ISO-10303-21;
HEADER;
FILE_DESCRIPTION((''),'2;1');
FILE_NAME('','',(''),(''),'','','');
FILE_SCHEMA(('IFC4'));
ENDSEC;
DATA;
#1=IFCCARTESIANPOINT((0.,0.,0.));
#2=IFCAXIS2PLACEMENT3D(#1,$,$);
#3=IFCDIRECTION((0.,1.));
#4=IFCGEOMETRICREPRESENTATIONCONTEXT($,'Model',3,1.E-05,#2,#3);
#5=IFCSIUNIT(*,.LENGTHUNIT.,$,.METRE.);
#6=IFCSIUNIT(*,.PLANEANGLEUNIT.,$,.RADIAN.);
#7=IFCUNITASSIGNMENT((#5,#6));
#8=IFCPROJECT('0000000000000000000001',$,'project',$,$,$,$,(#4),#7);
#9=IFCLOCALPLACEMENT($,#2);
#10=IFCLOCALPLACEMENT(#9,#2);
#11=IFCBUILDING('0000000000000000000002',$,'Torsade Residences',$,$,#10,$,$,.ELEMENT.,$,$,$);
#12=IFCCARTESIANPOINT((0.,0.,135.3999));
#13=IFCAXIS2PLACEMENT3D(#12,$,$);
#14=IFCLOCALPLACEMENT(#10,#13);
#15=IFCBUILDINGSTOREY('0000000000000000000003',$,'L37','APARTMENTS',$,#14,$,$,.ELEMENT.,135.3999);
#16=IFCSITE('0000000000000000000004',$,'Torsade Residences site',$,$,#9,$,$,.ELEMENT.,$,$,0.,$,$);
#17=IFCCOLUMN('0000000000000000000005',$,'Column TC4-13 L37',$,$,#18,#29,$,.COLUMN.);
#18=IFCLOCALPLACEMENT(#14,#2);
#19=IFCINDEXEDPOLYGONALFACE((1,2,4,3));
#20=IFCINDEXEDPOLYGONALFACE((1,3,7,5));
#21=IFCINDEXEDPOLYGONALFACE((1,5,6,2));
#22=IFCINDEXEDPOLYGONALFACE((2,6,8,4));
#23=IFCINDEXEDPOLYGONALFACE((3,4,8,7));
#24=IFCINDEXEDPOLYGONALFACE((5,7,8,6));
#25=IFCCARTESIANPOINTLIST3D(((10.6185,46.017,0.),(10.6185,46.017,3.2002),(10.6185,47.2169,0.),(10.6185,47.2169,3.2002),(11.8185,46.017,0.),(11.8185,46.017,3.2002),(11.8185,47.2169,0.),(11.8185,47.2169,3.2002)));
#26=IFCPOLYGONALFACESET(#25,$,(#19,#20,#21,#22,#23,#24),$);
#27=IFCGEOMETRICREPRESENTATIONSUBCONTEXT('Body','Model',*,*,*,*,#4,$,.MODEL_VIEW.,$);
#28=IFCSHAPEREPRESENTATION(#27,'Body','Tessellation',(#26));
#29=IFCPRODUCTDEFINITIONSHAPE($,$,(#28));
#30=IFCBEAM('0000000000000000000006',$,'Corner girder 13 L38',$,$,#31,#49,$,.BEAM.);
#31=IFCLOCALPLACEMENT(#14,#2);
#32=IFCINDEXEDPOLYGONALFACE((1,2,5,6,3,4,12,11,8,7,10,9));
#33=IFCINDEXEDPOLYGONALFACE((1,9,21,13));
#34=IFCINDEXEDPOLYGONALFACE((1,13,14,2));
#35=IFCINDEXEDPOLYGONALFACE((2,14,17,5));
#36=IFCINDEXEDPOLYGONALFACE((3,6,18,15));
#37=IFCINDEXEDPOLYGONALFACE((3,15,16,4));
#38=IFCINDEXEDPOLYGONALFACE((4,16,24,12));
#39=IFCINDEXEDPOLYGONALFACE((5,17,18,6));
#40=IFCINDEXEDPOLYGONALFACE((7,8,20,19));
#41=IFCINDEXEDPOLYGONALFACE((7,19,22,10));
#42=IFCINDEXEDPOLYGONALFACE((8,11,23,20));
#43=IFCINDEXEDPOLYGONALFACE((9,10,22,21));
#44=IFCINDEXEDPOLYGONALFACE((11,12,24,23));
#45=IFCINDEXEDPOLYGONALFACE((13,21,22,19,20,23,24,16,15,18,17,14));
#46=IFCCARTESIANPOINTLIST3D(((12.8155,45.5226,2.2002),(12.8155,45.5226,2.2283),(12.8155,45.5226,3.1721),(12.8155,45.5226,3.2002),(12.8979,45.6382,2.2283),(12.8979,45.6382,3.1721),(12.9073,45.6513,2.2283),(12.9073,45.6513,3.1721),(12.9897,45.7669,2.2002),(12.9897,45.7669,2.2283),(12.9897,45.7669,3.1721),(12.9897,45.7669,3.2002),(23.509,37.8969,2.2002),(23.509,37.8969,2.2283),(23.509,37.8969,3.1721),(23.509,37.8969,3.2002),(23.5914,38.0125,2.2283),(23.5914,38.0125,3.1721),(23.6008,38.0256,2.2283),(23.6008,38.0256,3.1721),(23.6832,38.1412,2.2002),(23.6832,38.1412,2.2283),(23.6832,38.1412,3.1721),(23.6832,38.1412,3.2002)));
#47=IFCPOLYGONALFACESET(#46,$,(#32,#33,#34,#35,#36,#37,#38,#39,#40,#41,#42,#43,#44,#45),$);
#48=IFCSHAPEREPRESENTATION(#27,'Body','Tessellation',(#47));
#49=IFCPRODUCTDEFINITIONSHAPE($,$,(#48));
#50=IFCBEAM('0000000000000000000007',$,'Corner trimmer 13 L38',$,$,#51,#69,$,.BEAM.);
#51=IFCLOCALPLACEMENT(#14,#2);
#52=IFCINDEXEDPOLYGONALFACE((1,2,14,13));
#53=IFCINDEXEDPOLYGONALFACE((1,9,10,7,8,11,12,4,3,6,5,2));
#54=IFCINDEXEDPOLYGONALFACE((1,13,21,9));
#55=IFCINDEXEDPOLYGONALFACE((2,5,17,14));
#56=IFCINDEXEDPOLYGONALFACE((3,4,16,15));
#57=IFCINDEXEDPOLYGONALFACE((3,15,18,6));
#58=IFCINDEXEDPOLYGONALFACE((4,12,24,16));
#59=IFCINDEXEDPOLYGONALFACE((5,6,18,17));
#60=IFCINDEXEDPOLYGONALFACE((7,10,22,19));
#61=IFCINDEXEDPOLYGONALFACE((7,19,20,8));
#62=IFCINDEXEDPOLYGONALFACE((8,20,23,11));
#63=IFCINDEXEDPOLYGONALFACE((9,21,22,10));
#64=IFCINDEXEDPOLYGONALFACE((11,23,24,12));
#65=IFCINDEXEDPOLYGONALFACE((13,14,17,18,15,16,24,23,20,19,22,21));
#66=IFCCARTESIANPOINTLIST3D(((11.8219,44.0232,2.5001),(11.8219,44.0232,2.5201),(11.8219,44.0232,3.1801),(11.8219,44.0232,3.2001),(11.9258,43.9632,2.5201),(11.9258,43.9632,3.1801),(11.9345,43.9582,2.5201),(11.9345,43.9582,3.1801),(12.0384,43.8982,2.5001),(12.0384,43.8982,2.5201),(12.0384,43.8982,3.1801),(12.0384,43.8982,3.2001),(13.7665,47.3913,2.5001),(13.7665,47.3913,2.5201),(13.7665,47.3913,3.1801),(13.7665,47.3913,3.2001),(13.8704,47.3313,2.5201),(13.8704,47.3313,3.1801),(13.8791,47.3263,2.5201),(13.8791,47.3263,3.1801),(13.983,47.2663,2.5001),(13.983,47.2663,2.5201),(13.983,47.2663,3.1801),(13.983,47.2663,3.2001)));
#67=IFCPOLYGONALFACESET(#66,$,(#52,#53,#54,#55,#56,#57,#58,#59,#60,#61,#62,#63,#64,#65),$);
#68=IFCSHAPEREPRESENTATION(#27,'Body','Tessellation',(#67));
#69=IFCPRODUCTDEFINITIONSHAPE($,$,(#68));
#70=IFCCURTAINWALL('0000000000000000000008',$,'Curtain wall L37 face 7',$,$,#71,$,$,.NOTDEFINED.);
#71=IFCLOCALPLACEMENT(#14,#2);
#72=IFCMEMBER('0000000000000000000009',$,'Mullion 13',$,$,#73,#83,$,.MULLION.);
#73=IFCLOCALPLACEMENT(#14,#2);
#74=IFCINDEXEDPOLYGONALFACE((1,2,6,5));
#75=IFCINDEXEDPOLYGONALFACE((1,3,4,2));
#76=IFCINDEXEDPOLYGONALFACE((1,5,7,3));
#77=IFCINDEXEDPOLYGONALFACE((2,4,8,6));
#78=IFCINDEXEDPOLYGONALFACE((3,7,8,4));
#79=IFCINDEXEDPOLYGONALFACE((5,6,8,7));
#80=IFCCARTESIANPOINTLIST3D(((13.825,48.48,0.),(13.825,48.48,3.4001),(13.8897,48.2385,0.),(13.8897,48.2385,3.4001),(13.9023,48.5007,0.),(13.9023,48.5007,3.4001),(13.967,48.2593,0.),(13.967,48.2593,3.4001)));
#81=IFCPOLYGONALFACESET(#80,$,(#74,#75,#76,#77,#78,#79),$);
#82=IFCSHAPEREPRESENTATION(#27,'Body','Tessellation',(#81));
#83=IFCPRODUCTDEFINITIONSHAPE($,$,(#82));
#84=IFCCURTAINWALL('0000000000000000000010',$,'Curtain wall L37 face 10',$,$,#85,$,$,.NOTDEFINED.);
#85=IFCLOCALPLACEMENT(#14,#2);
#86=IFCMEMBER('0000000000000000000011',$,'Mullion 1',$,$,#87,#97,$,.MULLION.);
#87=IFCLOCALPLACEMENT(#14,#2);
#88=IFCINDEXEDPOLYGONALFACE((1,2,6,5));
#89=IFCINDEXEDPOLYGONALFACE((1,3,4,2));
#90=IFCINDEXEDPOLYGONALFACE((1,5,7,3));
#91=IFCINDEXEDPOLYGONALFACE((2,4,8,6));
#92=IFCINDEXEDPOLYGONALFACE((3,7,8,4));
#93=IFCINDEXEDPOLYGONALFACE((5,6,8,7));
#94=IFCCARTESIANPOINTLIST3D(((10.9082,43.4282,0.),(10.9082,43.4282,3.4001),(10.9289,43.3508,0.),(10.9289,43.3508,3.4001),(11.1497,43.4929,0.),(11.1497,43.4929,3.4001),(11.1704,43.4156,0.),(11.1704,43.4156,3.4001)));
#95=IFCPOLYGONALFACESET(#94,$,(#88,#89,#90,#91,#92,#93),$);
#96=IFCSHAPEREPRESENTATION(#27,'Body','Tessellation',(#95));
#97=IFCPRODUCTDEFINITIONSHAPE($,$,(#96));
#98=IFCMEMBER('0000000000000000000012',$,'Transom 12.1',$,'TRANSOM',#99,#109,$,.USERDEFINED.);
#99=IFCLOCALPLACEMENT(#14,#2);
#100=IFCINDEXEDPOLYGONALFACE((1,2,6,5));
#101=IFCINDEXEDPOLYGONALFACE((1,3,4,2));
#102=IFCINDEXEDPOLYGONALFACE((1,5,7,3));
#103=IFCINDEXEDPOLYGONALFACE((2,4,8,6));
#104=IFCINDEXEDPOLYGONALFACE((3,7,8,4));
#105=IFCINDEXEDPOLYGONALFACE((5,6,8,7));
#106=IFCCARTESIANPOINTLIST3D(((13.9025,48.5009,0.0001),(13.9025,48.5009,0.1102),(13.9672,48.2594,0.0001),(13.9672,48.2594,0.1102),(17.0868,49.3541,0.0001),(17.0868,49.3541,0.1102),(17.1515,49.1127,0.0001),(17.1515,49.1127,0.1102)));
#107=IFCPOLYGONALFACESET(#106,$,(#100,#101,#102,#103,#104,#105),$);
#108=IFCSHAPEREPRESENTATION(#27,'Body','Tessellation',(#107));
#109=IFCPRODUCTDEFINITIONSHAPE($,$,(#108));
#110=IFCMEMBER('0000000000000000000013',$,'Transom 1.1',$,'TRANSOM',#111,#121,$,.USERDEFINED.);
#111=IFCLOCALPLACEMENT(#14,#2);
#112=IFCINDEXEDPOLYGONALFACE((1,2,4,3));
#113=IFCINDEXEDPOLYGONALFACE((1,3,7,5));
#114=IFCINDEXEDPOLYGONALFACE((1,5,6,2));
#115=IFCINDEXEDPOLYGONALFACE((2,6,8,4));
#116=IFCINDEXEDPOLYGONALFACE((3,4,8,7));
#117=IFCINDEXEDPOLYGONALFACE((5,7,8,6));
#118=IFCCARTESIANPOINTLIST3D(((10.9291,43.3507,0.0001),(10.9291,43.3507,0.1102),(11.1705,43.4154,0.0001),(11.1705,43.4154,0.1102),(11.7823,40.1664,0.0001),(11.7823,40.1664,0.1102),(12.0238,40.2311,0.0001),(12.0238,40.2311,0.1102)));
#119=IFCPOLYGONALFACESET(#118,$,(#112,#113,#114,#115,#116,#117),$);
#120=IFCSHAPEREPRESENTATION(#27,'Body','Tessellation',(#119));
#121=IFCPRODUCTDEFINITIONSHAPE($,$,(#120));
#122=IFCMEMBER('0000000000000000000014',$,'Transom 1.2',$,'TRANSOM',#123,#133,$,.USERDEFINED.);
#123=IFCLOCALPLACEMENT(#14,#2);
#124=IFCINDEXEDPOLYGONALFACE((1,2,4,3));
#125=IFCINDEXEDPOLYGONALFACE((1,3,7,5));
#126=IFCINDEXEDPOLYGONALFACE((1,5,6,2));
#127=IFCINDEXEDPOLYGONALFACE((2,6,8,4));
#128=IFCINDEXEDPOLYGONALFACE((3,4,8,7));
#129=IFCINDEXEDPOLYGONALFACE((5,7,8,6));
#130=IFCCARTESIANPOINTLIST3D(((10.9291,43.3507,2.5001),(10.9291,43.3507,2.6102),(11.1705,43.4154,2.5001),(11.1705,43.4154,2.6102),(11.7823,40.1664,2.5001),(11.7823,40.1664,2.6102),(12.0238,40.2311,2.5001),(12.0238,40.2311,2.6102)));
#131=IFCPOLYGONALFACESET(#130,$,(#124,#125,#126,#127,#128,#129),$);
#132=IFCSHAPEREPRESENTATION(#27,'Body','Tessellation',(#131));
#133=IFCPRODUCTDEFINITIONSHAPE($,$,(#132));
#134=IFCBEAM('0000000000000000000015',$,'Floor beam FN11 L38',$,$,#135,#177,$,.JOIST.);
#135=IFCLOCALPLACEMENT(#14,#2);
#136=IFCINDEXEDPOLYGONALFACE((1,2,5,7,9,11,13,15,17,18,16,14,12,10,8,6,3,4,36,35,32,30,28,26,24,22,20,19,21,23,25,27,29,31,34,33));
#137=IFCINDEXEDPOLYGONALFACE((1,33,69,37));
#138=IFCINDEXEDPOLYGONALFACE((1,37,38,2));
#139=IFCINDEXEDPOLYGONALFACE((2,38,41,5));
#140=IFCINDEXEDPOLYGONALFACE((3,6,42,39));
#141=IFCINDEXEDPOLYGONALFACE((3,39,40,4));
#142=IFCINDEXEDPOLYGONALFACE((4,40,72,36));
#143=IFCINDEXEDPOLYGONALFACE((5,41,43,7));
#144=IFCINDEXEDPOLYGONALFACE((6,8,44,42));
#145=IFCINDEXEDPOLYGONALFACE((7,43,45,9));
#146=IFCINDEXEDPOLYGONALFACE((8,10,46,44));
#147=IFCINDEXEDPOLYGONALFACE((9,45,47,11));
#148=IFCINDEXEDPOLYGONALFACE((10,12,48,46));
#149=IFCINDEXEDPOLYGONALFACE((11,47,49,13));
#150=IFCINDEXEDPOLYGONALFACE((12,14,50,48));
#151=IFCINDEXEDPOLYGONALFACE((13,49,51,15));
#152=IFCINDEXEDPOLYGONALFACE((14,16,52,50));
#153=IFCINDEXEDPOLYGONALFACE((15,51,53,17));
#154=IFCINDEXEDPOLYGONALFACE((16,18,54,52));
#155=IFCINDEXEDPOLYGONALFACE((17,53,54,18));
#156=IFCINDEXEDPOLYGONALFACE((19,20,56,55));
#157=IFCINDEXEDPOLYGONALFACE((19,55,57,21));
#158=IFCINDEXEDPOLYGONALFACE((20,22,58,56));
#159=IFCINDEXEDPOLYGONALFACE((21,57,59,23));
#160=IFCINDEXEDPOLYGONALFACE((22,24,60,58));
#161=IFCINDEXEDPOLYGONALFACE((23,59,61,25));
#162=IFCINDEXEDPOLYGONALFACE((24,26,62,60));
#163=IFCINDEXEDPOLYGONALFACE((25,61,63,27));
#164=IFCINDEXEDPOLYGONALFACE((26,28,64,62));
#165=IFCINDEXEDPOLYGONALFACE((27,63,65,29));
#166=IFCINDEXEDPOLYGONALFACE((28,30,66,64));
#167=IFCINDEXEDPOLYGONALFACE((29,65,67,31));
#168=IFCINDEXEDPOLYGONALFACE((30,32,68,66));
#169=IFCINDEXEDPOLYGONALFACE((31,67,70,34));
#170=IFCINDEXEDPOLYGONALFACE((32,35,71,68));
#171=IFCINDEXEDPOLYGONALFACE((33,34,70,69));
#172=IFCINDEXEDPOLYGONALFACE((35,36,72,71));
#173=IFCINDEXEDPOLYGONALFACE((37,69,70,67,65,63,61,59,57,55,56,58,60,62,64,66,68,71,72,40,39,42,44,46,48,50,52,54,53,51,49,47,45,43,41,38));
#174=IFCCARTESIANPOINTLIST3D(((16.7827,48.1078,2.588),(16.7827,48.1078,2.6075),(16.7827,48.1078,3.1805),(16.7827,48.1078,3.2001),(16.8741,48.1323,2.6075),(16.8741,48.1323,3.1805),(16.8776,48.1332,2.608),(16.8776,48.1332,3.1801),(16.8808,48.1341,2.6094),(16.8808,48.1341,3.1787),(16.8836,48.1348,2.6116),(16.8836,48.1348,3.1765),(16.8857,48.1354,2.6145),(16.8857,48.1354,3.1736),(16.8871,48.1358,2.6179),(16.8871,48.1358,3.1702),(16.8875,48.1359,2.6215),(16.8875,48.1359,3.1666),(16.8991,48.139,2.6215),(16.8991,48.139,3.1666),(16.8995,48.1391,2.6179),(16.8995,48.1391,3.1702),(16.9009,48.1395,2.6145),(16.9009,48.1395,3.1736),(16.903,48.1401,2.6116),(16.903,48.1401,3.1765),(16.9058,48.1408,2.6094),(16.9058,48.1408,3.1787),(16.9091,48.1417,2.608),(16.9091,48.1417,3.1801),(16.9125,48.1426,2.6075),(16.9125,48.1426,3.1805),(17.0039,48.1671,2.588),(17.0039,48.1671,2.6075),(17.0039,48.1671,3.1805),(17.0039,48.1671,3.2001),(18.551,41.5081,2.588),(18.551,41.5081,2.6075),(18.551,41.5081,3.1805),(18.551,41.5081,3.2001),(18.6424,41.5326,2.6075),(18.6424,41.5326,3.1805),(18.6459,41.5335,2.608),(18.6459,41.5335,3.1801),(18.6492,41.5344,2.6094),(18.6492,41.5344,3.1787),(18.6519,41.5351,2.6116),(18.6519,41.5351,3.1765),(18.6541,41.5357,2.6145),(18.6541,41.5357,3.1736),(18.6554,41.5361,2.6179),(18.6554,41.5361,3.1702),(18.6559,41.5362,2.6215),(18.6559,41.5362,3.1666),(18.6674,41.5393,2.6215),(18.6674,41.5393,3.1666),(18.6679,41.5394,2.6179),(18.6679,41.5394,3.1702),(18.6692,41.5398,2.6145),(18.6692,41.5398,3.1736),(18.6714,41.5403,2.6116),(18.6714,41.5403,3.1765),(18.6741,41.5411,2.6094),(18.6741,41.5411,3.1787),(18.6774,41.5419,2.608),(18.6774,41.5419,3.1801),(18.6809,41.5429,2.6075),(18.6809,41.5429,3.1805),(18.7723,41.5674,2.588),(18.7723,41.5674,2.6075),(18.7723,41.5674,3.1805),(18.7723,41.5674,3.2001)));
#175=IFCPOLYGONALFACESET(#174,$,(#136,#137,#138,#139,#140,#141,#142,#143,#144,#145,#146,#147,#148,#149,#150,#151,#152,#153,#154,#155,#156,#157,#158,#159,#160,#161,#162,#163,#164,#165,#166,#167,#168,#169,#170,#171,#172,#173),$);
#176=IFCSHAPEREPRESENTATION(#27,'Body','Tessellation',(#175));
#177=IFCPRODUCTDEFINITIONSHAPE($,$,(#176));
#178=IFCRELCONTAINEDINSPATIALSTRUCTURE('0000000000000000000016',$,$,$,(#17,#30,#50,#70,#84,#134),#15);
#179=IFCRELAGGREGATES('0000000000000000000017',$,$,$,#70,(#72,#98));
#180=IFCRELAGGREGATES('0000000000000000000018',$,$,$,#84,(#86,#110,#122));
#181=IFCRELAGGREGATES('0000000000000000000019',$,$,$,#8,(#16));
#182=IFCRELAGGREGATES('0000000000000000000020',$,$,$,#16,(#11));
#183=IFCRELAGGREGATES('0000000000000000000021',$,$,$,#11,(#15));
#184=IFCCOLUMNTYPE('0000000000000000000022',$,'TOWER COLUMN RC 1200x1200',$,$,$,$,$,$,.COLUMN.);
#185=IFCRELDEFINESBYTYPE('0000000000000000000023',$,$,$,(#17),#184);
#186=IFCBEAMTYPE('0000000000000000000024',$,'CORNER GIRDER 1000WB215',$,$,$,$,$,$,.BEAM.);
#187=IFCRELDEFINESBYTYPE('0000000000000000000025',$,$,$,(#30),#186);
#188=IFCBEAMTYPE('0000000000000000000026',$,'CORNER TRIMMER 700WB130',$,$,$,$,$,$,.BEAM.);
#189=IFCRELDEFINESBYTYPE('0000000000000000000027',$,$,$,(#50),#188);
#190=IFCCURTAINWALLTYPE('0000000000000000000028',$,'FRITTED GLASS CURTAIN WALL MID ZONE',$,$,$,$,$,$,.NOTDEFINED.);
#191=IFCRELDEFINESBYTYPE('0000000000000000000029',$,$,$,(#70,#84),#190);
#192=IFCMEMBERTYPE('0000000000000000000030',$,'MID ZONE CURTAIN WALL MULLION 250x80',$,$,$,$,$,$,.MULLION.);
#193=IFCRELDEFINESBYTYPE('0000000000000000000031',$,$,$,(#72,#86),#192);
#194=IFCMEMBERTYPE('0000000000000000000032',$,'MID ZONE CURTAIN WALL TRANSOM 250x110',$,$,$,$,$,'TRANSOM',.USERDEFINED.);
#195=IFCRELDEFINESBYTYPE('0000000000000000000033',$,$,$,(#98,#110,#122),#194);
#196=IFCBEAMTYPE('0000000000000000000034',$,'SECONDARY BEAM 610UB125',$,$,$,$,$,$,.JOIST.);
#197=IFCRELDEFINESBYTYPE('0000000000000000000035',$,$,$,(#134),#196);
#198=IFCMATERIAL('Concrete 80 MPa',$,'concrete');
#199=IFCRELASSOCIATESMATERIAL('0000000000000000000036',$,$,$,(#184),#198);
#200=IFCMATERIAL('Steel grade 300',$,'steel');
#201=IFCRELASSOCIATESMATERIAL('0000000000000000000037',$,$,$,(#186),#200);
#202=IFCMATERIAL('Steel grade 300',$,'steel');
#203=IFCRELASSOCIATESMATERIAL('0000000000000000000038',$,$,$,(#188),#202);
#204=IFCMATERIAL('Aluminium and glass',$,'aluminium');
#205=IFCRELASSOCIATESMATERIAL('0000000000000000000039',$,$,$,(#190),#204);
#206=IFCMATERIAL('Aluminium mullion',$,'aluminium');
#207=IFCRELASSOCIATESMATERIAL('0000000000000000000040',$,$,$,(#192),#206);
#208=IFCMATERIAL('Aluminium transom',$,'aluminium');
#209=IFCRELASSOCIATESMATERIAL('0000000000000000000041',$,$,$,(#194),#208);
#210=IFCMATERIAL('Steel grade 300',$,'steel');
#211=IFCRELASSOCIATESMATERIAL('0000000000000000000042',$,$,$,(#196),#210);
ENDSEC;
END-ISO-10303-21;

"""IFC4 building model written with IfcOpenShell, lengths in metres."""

from ifc_helpers import new_model, si_unit, direction, frame, origin, origin_2d, place, context, subcontext, project, spatial, rectangle, i_section, extrude, material, material_profile, profile_set, type_object, element, aggregate, save


model = new_model("IFC4")

# Units and contexts
model_context = context("Model", 3, precision=1e-05, world=origin(), true_north=direction((0.0, 1.0)))
body_context = subcontext(model_context, "Body", "Model", "MODEL_VIEW")
ifc_project = project(units=[si_unit("LENGTHUNIT", "METRE"), si_unit("PLANEANGLEUNIT", "RADIAN")], contexts=[model_context])

# Site, building, storey
site_placement = place(None, origin())
site = spatial("IfcSite", under=ifc_project, at=site_placement, Name="Torsade Residences site", CompositionType="ELEMENT", RefElevation=0.0)
building_placement = place(site_placement, origin())
building = spatial("IfcBuilding", under=site, at=building_placement, Name="Torsade Residences", CompositionType="ELEMENT")
storey_placement = place(building_placement, frame((0.0, 0.0, 135.3999)))
storey = spatial("IfcBuildingStorey", under=building, at=storey_placement, Name="L37", Description="APARTMENTS", CompositionType="ELEMENT", Elevation=135.3999)

# Column
ifc_material_1 = material(Name="Concrete 80 MPa", Category="concrete")
ifc_material_profile_1 = material_profile(ifc_material_1, rectangle(XDim=1.2, YDim=1.2, at=origin_2d()), Name="RC 1200x1200")
ifc_profile_set_1 = profile_set([ifc_material_profile_1], Name="Concrete 80 MPa")
column_type = type_object("IfcColumnType", Name="TOWER COLUMN RC 1200x1200", PredefinedType="COLUMN", material=ifc_profile_set_1)
column_placement = place(storey_placement, frame((11.2185, 46.6169, 0.0), z_axis=(0.0, 0.0, 1.0), x_axis=(1.0, 0.0, 0.0)))
element("IfcColumn", 1, at=column_placement, inside=storey, type_object=column_type, Name="Column TC4-13 L37", PredefinedType="COLUMN", context=body_context, shape_type="SweptSolid", body=[
    extrude(rectangle(XDim=1.2, YDim=1.2, at=origin_2d()), origin(), (0.0, 0.0, 1.0), 3.2002),
])

# Beams
ifc_material_2 = material(Name="Steel grade 300", Category="steel")
ifc_material_profile_2 = material_profile(ifc_material_2, i_section(OverallWidth=0.3, OverallDepth=1.0, WebThickness=0.0161, FlangeThickness=0.0281, at=origin_2d()), Name="1000WB215")
ifc_profile_set_2 = profile_set([ifc_material_profile_2], Name="Steel grade 300")
beam_type_1 = type_object("IfcBeamType", Name="CORNER GIRDER 1000WB215", PredefinedType="BEAM", material=ifc_profile_set_2)
beam_1_placement = place(storey_placement, frame((12.9026, 45.6448, 2.7002), z_axis=(0.814185, -0.580605, 0.0), x_axis=(0.580605, 0.814185, 0.0)))
element("IfcBeam", 2, at=beam_1_placement, inside=storey, type_object=beam_type_1, Name="Corner girder 13 L38", PredefinedType="BEAM", context=body_context, shape_type="SweptSolid", body=[
    extrude(i_section(OverallWidth=0.3, OverallDepth=1.0, WebThickness=0.0161, FlangeThickness=0.0281, at=origin_2d()), origin(), (0.0, 0.0, 1.0), 13.134),
])
ifc_material_3 = material(Name="Steel grade 300", Category="steel")
ifc_material_profile_3 = material_profile(ifc_material_3, i_section(OverallWidth=0.25, OverallDepth=0.7, WebThickness=0.01, FlangeThickness=0.02, at=origin_2d()), Name="700WB130")
ifc_profile_set_3 = profile_set([ifc_material_profile_3], Name="Steel grade 300")
beam_type_2 = type_object("IfcBeamType", Name="CORNER TRIMMER 700WB130", PredefinedType="BEAM", material=ifc_profile_set_3)
beam_2_placement = place(storey_placement, frame((11.9302, 43.9607, 2.8501), z_axis=(0.499994, 0.866029, 0.0), x_axis=(-0.866029, 0.499994, 0.0)))
element("IfcBeam", 3, at=beam_2_placement, inside=storey, type_object=beam_type_2, Name="Corner trimmer 13 L38", PredefinedType="BEAM", context=body_context, shape_type="SweptSolid", body=[
    extrude(i_section(OverallWidth=0.25, OverallDepth=0.7, WebThickness=0.01, FlangeThickness=0.02, at=origin_2d()), origin(), (0.0, 0.0, 1.0), 3.8892),
])

# Curtain walls, members
ifc_material_4 = material(Name="Aluminium and glass", Category="aluminium")
curtain_wall_type = type_object("IfcCurtainWallType", Name="FRITTED GLASS CURTAIN WALL MID ZONE", PredefinedType="NOTDEFINED", material=ifc_material_4)
curtain_wall_1_placement = place(storey_placement, origin())
curtain_wall_1 = element("IfcCurtainWall", 4, at=curtain_wall_1_placement, inside=storey, type_object=curtain_wall_type, Name="Curtain wall L37 face 7", PredefinedType="NOTDEFINED")
ifc_material_5 = material(Name="Aluminium mullion", Category="aluminium")
ifc_material_profile_4 = material_profile(ifc_material_5, rectangle(XDim=0.25, YDim=0.0801, at=origin_2d()), Name="MID ZONE CURTAIN WALL MULLION 250x80")
ifc_profile_set_4 = profile_set([ifc_material_profile_4], Name="Aluminium mullion")
member_type_1 = type_object("IfcMemberType", Name="MID ZONE CURTAIN WALL MULLION 250x80", PredefinedType="MULLION", material=ifc_profile_set_4)
member_1_placement = place(storey_placement, frame((13.896, 48.3696, 0.0), z_axis=(0.0, 0.0, 1.0), x_axis=(0.258819, -0.965926, 0.0)))
member_1 = element("IfcMember", 5, at=member_1_placement, type_object=member_type_1, Name="Mullion 13", PredefinedType="MULLION", context=body_context, shape_type="SweptSolid", body=[
    extrude(rectangle(XDim=0.25, YDim=0.0801, at=origin_2d()), origin(), (0.0, 0.0, 1.0), 3.4001),
])
curtain_wall_2_placement = place(storey_placement, origin())
curtain_wall_2 = element("IfcCurtainWall", 6, at=curtain_wall_2_placement, inside=storey, type_object=curtain_wall_type, Name="Curtain wall L37 face 10", PredefinedType="NOTDEFINED")
member_2_placement = place(storey_placement, frame((11.0393, 43.4219, 0.0), z_axis=(0.0, 0.0, 1.0), x_axis=(0.965926, 0.258819, 0.0)))
member_2 = element("IfcMember", 7, at=member_2_placement, type_object=member_type_1, Name="Mullion 1", PredefinedType="MULLION", context=body_context, shape_type="SweptSolid", body=[
    extrude(rectangle(XDim=0.25, YDim=0.0801, at=origin_2d()), origin(), (0.0, 0.0, 1.0), 3.4001),
])

# Members
ifc_material_6 = material(Name="Aluminium transom", Category="aluminium")
ifc_material_profile_5 = material_profile(ifc_material_6, rectangle(XDim=0.25, YDim=0.1101, at=origin_2d()), Name="MID ZONE CURTAIN WALL TRANSOM 250x110")
ifc_profile_set_5 = profile_set([ifc_material_profile_5], Name="Aluminium transom")
member_type_2 = type_object("IfcMemberType", Name="MID ZONE CURTAIN WALL TRANSOM 250x110", ElementType="TRANSOM", PredefinedType="USERDEFINED", material=ifc_profile_set_5)
member_3_placement = place(storey_placement, frame((17.1191, 49.2334, 0.0552), z_axis=(-0.965923, -0.258829, 0.0), x_axis=(0.258829, -0.965923, 0.0)))
member_3 = element("IfcMember", 8, at=member_3_placement, type_object=member_type_2, Name="Transom 12.1", ObjectType="TRANSOM", PredefinedType="USERDEFINED", context=body_context, shape_type="SweptSolid", body=[
    extrude(rectangle(XDim=0.25, YDim=0.1101, at=origin_2d()), origin(), (0.0, 0.0, 1.0), 3.2966),
])
member_4_placement = place(storey_placement, frame((11.0498, 43.3831, 0.0552), z_axis=(0.258829, -0.965923, 0.0), x_axis=(0.965923, 0.258829, 0.0)))
member_4 = element("IfcMember", 9, at=member_4_placement, type_object=member_type_2, Name="Transom 1.1", ObjectType="TRANSOM", PredefinedType="USERDEFINED", context=body_context, shape_type="SweptSolid", body=[
    extrude(rectangle(XDim=0.25, YDim=0.1101, at=origin_2d()), origin(), (0.0, 0.0, 1.0), 3.2966),
])
member_5_placement = place(storey_placement, frame((11.0498, 43.3831, 2.5552), z_axis=(0.258829, -0.965923, 0.0), x_axis=(0.965923, 0.258829, 0.0)))
member_5 = element("IfcMember", 10, at=member_5_placement, type_object=member_type_2, Name="Transom 1.2", ObjectType="TRANSOM", PredefinedType="USERDEFINED", context=body_context, shape_type="SweptSolid", body=[
    extrude(rectangle(XDim=0.25, YDim=0.1101, at=origin_2d()), origin(), (0.0, 0.0, 1.0), 3.2966),
])

# Beam
ifc_material_7 = material(Name="Steel grade 300", Category="steel")
ifc_material_profile_6 = material_profile(ifc_material_7, i_section(OverallWidth=0.229, OverallDepth=0.6121, WebThickness=0.012, FlangeThickness=0.0195, FilletRadius=0.0139, at=origin_2d()), Name="610UB125")
ifc_profile_set_6 = profile_set([ifc_material_profile_6], Name="Steel grade 300")
beam_type_3 = type_object("IfcBeamType", Name="SECONDARY BEAM 610UB125", PredefinedType="JOIST", material=ifc_profile_set_6)
beam_3_placement = place(storey_placement, frame((16.8933, 48.1375, 2.894), z_axis=(0.258812, -0.965928, 0.0), x_axis=(0.965928, 0.258812, 0.0)))
element("IfcBeam", 11, at=beam_3_placement, inside=storey, type_object=beam_type_3, Name="Floor beam FN11 L38", PredefinedType="JOIST", context=body_context, shape_type="SweptSolid", body=[
    extrude(i_section(OverallWidth=0.229, OverallDepth=0.6121, WebThickness=0.012, FlangeThickness=0.0195, FilletRadius=0.0139, at=origin_2d()), origin(), (0.0, 0.0, 1.0), 6.8325),
])

aggregate(curtain_wall_1, [member_1, member_3])
aggregate(curtain_wall_2, [member_2, member_4, member_5])

save(model, "model.ifc")
